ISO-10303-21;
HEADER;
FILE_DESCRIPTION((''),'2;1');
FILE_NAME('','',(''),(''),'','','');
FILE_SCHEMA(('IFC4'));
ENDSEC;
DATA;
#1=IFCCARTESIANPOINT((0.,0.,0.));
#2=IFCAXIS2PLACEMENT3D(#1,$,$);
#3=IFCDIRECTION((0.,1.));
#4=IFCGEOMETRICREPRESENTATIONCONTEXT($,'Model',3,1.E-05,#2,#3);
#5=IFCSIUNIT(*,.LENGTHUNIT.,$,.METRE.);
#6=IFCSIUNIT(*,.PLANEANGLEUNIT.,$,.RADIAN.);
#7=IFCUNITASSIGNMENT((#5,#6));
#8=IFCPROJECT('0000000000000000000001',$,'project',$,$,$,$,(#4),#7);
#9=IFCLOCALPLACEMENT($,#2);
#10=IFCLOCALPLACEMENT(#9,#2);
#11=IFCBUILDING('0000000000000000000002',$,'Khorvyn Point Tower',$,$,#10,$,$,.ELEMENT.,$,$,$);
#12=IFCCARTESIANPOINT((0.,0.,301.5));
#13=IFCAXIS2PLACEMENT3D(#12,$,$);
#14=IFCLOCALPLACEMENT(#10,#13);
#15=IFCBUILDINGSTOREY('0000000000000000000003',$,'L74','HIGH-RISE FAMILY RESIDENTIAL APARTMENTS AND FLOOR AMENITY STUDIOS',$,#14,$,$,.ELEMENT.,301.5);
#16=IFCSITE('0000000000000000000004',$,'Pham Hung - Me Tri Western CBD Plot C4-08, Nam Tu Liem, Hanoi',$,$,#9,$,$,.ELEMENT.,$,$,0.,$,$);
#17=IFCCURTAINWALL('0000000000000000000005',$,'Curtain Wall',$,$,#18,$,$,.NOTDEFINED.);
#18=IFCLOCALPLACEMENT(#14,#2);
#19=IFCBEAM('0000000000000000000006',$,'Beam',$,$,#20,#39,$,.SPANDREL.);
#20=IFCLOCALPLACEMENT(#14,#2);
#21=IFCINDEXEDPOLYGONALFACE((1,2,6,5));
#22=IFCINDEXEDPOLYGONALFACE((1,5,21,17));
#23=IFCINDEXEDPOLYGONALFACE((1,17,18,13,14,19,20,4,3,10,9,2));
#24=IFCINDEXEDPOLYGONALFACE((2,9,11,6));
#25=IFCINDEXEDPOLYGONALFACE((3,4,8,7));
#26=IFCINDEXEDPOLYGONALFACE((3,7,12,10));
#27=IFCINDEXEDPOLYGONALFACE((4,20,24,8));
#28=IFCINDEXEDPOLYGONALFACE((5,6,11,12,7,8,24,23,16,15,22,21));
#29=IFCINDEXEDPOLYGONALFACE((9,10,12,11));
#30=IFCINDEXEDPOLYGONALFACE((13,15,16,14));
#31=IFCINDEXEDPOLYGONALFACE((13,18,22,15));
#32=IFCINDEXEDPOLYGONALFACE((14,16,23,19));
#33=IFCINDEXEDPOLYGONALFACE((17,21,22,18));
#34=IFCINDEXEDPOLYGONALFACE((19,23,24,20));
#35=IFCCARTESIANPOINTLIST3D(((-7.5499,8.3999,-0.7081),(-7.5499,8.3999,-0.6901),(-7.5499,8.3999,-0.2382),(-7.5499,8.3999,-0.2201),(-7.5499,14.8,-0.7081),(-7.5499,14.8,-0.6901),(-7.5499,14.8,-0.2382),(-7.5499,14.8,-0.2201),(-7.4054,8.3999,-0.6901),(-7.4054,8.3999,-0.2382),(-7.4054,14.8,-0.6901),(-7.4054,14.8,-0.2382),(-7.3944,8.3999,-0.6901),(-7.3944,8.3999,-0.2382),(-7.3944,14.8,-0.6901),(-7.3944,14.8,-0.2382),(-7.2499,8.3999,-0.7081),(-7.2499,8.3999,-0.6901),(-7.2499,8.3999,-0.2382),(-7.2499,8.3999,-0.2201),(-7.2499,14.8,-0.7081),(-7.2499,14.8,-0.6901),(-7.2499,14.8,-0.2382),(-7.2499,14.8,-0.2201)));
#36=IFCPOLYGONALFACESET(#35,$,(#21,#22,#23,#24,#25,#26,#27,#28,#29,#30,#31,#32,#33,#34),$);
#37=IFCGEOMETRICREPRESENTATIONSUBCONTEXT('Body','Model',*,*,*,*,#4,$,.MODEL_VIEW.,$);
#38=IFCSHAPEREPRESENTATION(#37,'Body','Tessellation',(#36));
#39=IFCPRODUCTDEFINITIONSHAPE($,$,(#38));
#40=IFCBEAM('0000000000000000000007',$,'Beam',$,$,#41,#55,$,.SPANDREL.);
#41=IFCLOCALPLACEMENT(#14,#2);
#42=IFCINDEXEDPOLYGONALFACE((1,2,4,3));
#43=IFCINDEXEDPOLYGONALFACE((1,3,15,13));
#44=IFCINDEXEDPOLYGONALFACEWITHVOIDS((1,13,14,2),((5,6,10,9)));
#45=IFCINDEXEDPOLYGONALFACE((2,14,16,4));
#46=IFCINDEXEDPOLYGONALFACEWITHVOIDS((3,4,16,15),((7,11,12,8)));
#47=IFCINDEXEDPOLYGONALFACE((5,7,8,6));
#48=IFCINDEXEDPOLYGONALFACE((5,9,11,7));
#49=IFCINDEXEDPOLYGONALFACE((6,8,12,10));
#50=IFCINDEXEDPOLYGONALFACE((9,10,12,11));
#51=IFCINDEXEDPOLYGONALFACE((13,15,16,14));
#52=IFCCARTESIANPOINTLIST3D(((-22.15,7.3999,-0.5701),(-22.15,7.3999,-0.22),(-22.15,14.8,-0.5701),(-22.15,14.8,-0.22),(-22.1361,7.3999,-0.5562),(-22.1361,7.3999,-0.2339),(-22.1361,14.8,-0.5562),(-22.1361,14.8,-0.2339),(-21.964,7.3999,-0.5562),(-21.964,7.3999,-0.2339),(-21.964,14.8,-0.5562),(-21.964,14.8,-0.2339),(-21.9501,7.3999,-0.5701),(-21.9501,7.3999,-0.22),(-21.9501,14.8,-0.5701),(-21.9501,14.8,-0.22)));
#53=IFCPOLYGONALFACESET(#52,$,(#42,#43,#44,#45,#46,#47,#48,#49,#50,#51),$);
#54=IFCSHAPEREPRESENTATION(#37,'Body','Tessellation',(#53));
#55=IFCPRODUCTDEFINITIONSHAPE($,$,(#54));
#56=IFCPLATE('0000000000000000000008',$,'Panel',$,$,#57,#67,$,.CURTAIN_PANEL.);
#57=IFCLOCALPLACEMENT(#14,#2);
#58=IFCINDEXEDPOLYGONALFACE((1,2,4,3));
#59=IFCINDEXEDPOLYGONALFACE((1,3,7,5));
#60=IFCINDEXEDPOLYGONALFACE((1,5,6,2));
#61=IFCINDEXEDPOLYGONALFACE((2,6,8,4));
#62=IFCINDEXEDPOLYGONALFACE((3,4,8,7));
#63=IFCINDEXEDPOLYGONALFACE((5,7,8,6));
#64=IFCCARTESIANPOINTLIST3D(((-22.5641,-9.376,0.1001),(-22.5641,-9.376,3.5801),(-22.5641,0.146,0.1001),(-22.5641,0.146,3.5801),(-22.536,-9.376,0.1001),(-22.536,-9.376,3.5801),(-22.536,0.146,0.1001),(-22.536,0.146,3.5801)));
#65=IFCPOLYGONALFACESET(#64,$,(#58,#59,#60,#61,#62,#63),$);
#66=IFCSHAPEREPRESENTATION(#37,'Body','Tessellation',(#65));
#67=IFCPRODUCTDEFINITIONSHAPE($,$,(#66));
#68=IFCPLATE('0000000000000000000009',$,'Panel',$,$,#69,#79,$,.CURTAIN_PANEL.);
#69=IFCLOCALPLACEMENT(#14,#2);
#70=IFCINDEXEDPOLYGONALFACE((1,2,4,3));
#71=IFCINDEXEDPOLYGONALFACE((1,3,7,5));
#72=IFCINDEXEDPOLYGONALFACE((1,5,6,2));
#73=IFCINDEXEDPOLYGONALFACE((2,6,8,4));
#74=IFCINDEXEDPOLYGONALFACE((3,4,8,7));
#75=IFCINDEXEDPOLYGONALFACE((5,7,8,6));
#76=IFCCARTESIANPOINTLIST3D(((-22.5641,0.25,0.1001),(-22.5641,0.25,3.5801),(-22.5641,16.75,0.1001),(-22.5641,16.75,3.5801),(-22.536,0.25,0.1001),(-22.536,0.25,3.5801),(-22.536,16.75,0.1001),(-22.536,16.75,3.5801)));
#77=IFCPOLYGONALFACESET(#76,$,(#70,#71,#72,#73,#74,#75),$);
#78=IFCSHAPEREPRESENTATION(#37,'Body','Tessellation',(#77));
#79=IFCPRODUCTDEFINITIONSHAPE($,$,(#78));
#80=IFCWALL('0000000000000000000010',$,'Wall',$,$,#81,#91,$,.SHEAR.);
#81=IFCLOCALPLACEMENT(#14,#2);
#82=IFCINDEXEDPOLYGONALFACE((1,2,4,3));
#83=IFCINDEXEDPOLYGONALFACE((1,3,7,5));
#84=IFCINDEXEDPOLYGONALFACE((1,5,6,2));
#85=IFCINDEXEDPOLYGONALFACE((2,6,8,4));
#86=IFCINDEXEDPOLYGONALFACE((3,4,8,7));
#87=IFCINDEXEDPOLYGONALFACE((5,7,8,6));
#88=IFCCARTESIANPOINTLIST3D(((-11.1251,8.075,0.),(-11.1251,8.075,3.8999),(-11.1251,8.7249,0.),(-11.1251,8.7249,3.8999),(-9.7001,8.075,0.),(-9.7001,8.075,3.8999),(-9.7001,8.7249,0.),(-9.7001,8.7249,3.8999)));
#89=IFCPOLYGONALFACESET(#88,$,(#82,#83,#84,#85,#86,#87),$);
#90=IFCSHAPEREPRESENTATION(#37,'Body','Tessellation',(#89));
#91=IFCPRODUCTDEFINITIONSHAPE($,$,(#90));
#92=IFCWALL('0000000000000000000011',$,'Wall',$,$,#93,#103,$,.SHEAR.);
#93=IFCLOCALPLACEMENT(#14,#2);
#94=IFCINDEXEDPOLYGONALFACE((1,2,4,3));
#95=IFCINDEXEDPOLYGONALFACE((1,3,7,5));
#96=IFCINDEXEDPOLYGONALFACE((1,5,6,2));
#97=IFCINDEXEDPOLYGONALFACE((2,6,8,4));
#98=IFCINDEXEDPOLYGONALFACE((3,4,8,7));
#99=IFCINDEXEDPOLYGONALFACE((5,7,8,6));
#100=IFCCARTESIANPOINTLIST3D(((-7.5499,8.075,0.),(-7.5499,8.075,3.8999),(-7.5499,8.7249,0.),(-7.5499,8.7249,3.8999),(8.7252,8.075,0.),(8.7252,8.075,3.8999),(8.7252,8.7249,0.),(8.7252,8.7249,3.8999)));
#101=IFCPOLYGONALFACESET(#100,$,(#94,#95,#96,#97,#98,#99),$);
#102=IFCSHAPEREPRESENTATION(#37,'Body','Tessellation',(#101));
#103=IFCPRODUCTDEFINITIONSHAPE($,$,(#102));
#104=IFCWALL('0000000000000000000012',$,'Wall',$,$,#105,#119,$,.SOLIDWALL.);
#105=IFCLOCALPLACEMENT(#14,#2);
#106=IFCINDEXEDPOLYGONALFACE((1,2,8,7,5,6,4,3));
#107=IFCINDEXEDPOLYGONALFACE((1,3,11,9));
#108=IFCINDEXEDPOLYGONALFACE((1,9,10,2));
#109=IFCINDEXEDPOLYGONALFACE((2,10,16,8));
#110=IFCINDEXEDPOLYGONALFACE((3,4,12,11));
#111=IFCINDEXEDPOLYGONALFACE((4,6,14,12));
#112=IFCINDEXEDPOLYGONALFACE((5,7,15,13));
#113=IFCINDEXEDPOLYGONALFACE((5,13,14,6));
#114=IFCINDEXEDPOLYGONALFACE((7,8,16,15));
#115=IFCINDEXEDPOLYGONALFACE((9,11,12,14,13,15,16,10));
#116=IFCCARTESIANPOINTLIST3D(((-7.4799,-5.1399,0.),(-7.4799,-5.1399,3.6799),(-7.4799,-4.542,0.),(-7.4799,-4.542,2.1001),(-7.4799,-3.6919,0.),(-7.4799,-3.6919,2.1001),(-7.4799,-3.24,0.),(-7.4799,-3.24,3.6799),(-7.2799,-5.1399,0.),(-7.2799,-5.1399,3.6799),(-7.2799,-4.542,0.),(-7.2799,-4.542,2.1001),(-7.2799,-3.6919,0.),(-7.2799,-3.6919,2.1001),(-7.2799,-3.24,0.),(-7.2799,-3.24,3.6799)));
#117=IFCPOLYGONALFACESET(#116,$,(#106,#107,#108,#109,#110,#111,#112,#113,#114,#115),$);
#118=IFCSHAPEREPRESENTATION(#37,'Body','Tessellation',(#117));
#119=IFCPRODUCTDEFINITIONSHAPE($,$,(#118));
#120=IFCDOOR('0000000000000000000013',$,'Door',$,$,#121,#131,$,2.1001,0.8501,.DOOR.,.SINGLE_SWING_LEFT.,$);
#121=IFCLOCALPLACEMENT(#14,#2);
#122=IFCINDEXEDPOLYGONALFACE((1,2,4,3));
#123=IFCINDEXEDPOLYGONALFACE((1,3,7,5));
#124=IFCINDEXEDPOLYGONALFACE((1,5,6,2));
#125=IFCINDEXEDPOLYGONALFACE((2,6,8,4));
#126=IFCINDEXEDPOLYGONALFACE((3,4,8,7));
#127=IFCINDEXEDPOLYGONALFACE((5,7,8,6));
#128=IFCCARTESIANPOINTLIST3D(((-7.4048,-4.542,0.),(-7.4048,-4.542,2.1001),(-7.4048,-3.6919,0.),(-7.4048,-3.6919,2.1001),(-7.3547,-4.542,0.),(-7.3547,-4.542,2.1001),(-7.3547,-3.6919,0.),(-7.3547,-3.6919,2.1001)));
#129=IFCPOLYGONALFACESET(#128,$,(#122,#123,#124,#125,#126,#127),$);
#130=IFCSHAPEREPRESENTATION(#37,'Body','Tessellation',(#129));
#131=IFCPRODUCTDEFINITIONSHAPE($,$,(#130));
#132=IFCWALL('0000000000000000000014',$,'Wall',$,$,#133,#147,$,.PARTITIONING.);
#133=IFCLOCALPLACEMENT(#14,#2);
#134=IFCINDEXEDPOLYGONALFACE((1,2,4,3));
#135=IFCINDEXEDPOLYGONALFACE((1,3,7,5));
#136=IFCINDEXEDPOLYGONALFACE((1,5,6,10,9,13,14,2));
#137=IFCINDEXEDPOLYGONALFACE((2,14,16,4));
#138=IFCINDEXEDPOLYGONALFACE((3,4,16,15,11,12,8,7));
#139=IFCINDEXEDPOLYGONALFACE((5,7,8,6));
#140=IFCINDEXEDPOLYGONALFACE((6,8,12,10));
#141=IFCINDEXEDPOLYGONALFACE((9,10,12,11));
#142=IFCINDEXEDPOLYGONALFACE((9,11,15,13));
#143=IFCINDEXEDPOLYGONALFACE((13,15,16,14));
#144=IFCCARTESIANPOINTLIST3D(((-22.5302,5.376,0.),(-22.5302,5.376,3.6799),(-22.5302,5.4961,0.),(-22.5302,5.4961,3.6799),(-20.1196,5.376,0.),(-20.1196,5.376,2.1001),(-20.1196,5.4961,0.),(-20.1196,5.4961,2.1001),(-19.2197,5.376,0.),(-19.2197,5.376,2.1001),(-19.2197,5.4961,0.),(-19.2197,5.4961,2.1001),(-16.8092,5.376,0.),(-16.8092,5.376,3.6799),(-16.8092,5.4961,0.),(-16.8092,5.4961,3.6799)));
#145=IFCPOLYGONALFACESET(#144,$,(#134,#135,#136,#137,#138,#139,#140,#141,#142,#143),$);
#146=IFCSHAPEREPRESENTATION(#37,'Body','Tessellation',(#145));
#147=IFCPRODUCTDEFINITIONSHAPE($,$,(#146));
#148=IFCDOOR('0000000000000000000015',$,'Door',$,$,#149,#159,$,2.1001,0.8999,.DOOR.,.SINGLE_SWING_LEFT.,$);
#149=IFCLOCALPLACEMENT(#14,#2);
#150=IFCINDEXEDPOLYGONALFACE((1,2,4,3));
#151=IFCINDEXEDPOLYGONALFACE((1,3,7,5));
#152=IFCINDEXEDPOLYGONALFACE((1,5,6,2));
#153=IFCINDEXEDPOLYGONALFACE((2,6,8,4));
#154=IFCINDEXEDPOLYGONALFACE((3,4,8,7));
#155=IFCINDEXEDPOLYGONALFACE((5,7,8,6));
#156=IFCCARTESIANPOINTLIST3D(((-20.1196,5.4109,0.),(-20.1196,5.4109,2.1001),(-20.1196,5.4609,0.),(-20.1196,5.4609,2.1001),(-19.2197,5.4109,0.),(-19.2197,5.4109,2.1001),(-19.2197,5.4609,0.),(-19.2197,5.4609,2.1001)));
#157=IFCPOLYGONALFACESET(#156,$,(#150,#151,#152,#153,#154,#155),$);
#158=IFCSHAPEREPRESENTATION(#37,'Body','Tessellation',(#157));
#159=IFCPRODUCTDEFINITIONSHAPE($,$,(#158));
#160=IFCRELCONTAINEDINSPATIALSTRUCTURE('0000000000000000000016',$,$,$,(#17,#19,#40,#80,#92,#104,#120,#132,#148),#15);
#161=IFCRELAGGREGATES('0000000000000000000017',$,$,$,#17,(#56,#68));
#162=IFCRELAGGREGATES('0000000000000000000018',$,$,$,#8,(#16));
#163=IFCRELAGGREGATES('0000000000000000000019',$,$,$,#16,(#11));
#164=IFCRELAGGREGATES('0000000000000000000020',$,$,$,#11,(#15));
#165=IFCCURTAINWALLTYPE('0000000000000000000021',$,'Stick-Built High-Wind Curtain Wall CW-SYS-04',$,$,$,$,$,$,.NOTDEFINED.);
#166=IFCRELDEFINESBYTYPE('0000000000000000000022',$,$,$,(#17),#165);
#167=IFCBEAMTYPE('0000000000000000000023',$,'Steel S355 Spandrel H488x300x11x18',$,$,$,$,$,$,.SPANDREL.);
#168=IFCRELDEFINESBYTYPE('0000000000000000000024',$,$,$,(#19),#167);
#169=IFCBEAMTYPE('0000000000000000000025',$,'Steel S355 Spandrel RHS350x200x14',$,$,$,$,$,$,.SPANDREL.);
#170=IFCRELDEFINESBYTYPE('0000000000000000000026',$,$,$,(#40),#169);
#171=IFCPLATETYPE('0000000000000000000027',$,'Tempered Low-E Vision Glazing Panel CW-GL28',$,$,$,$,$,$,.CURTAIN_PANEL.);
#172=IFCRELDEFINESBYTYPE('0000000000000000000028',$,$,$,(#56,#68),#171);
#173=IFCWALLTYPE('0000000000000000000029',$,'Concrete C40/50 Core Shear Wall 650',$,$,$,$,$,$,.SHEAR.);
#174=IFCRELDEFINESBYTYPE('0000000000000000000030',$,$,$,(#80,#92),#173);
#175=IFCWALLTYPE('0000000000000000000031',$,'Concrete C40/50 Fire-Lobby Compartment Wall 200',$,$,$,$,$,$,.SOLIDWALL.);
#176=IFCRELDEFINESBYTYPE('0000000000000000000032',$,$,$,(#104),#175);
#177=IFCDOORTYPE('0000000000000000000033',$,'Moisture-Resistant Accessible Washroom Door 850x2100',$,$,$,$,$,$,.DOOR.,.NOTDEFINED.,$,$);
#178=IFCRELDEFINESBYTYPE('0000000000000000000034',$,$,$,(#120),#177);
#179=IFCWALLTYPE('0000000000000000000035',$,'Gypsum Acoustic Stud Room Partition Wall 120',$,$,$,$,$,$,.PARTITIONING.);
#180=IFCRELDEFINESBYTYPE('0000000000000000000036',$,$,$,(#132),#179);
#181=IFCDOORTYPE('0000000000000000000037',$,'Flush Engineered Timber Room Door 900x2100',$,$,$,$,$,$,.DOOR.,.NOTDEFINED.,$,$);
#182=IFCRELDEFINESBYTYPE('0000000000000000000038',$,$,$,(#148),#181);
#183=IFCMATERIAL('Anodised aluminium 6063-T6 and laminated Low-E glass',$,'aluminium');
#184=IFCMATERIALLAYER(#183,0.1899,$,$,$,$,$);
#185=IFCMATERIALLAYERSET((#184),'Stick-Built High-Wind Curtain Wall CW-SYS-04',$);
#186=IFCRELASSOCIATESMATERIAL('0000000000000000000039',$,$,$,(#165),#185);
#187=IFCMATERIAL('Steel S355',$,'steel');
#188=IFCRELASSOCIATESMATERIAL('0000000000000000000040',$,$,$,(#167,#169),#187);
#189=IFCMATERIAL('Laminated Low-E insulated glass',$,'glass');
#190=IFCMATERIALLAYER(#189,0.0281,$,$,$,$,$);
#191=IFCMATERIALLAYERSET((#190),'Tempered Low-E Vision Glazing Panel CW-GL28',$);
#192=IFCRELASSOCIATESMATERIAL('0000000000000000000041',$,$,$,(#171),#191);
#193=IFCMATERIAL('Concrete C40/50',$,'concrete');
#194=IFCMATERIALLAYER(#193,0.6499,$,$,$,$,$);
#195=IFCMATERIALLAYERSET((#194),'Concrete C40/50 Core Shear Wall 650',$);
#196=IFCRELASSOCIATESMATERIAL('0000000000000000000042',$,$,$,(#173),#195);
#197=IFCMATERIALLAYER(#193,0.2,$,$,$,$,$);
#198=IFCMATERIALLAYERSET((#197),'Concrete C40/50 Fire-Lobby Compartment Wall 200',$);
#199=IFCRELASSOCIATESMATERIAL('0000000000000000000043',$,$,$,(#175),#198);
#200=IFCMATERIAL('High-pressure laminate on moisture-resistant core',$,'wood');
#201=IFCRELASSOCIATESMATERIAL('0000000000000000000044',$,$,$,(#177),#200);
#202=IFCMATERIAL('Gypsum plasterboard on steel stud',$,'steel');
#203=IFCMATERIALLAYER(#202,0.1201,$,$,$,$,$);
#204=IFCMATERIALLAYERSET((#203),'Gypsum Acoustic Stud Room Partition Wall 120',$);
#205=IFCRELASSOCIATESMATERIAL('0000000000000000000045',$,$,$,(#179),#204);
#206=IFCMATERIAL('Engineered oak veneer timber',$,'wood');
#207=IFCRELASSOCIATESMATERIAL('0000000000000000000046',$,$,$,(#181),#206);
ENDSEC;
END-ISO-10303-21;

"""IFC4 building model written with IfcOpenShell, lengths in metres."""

from ifc_helpers import new_model, si_unit, direction, frame, frame_2d, origin, origin_2d, place, context, subcontext, project, spatial, rectangle, hollow_rectangle, i_section, extrude, material, layer, layer_set, material_profile, profile_set, type_object, element, fill, aggregate, save


model = new_model("IFC4")

# Units and contexts
model_context = context("Model", 3, precision=1e-05, world=origin(), true_north=direction((0.0, 1.0)))
body_context = subcontext(model_context, "Body", "Model", "MODEL_VIEW")
ifc_project = project(units=[si_unit("LENGTHUNIT", "METRE"), si_unit("PLANEANGLEUNIT", "RADIAN")], contexts=[model_context])

# Site, building, storey
site_placement = place(None, origin())
site = spatial("IfcSite", under=ifc_project, at=site_placement, Name="Pham Hung - Me Tri Western CBD Plot C4-08, Nam Tu Liem, Hanoi", CompositionType="ELEMENT", RefElevation=0.0)
building_placement = place(site_placement, origin())
building = spatial("IfcBuilding", under=site, at=building_placement, Name="Khorvyn Point Tower", CompositionType="ELEMENT")
storey_placement = place(building_placement, frame((0.0, 0.0, 301.5)))
storey = spatial("IfcBuildingStorey", under=building, at=storey_placement, Name="L74", Description="HIGH-RISE FAMILY RESIDENTIAL APARTMENTS AND FLOOR AMENITY STUDIOS", CompositionType="ELEMENT", Elevation=301.5)

# Shared definitions
ifc_material_1 = material(Name="Concrete C40/50", Category="concrete")
ifc_material_2 = material(Name="Steel S355", Category="steel")

# Curtain wall
ifc_material_3 = material(Name="Anodised aluminium 6063-T6 and laminated Low-E glass", Category="aluminium")
ifc_layer_1 = layer(ifc_material_3, 0.1899)
ifc_layer_set_1 = layer_set([ifc_layer_1], Name="Stick-Built High-Wind Curtain Wall CW-SYS-04")
curtain_wall_type = type_object("IfcCurtainWallType", Name="Stick-Built High-Wind Curtain Wall CW-SYS-04", PredefinedType="NOTDEFINED", material=ifc_layer_set_1)
curtain_wall_placement = place(storey_placement, origin())
curtain_wall = element("IfcCurtainWall", 1, at=curtain_wall_placement, inside=storey, type_object=curtain_wall_type, Name="Curtain Wall", PredefinedType="NOTDEFINED")

# Beams
ifc_material_profile_1 = material_profile(ifc_material_2, i_section(OverallWidth=0.3, OverallDepth=0.488, WebThickness=0.011, FlangeThickness=0.0181, at=origin_2d()))
ifc_profile_set_1 = profile_set([ifc_material_profile_1], Name="Steel S355 H488x300x11x18")
beam_type_1 = type_object("IfcBeamType", Name="Steel S355 Spandrel H488x300x11x18", PredefinedType="SPANDREL", material=ifc_profile_set_1)
beam_1_placement = place(storey_placement, frame((-7.3999, 8.3999, -0.4641), z_axis=(0.0, 1.0, 0.0), x_axis=(-1.0, 0.0, 0.0)))
element("IfcBeam", 2, at=beam_1_placement, inside=storey, type_object=beam_type_1, Name="Beam", PredefinedType="SPANDREL", context=body_context, shape_type="SweptSolid", body=[
    extrude(i_section(OverallWidth=0.3, OverallDepth=0.488, WebThickness=0.011, FlangeThickness=0.0181, at=origin_2d()), origin(), (0.0, 0.0, 1.0), 6.4001),
])
ifc_material_profile_2 = material_profile(ifc_material_2, hollow_rectangle(XDim=0.2, YDim=0.3501, WallThickness=0.0139, at=origin_2d()))
ifc_profile_set_2 = profile_set([ifc_material_profile_2], Name="Steel S355 RHS350x200x14")
beam_type_2 = type_object("IfcBeamType", Name="Steel S355 Spandrel RHS350x200x14", PredefinedType="SPANDREL", material=ifc_profile_set_2)
beam_2_placement = place(storey_placement, frame((-22.05, 7.3999, -0.395), z_axis=(0.0, 1.0, 0.0), x_axis=(-1.0, 0.0, 0.0)))
element("IfcBeam", 3, at=beam_2_placement, inside=storey, type_object=beam_type_2, Name="Beam", PredefinedType="SPANDREL", context=body_context, shape_type="SweptSolid", body=[
    extrude(hollow_rectangle(XDim=0.2, YDim=0.3501, WallThickness=0.0139, at=origin_2d()), origin(), (0.0, 0.0, 1.0), 7.4001),
])

# Plates
ifc_material_4 = material(Name="Laminated Low-E insulated glass", Category="glass")
ifc_layer_2 = layer(ifc_material_4, 0.0281)
ifc_layer_set_2 = layer_set([ifc_layer_2], Name="Tempered Low-E Vision Glazing Panel CW-GL28")
plate_type = type_object("IfcPlateType", Name="Tempered Low-E Vision Glazing Panel CW-GL28", PredefinedType="CURTAIN_PANEL", material=ifc_layer_set_2)
plate_1_placement = place(storey_placement, frame((-22.55, -4.615, 0.1001), z_axis=(0.0, 0.0, 1.0), x_axis=(0.0, 1.0, 0.0)))
plate_1 = element("IfcPlate", 4, at=plate_1_placement, type_object=plate_type, Name="Panel", PredefinedType="CURTAIN_PANEL", context=body_context, shape_type="SweptSolid", body=[
    extrude(rectangle(XDim=9.522, YDim=0.0281, at=origin_2d()), origin(), (0.0, 0.0, 1.0), 3.48),
])
plate_2_placement = place(storey_placement, frame((-22.55, 8.5, 0.1001), z_axis=(0.0, 0.0, 1.0), x_axis=(0.0, 1.0, 0.0)))
plate_2 = element("IfcPlate", 5, at=plate_2_placement, type_object=plate_type, Name="Panel", PredefinedType="CURTAIN_PANEL", context=body_context, shape_type="SweptSolid", body=[
    extrude(rectangle(XDim=16.5, YDim=0.0281, at=origin_2d()), origin(), (0.0, 0.0, 1.0), 3.48),
])
aggregate(curtain_wall, [plate_1, plate_2])

# Walls
ifc_layer_3 = layer(ifc_material_1, 0.6499)
ifc_layer_set_3 = layer_set([ifc_layer_3], Name="Concrete C40/50 Core Shear Wall 650")
wall_type_1 = type_object("IfcWallType", Name="Concrete C40/50 Core Shear Wall 650", PredefinedType="SHEAR", material=ifc_layer_set_3)
wall_1_placement = place(storey_placement, frame((-11.125, 8.3999, 0.0), z_axis=(0.0, 0.0, 1.0), x_axis=(1.0, 0.0, 0.0)))
element("IfcWall", 6, at=wall_1_placement, inside=storey, type_object=wall_type_1, Name="Wall", PredefinedType="SHEAR", context=body_context, shape_type="SweptSolid", body=[
    extrude(rectangle(XDim=1.425, YDim=0.6499, at=frame_2d((0.7124, 0.0))), origin(), (0.0, 0.0, 1.0), 3.8999),
])
wall_2_placement = place(storey_placement, frame((-7.55, 8.3999, 0.0), z_axis=(0.0, 0.0, 1.0), x_axis=(1.0, 0.0, 0.0)))
element("IfcWall", 7, at=wall_2_placement, inside=storey, type_object=wall_type_1, Name="Wall", PredefinedType="SHEAR", context=body_context, shape_type="SweptSolid", body=[
    extrude(rectangle(XDim=16.2751, YDim=0.6499, at=frame_2d((8.1377, 0.0))), origin(), (0.0, 0.0, 1.0), 3.8999),
])

# Walls, openings, doors
ifc_layer_4 = layer(ifc_material_1, 0.2)
ifc_layer_set_4 = layer_set([ifc_layer_4], Name="Concrete C40/50 Fire-Lobby Compartment Wall 200")
wall_type_2 = type_object("IfcWallType", Name="Concrete C40/50 Fire-Lobby Compartment Wall 200", PredefinedType="SOLIDWALL", material=ifc_layer_set_4)
wall_3_placement = place(storey_placement, frame((-7.3799, -5.1399, 0.0), z_axis=(0.0, 0.0, 1.0), x_axis=(0.0, 1.0, 0.0)))
wall_3 = element("IfcWall", 8, at=wall_3_placement, inside=storey, type_object=wall_type_2, Name="Wall", PredefinedType="SOLIDWALL", context=body_context, shape_type="SweptSolid", body=[
    extrude(rectangle(XDim=1.8999, YDim=0.2, at=frame_2d((0.95, 0.0))), origin(), (0.0, 0.0, 1.0), 3.6799),
])
opening_1_placement = place(wall_3_placement, frame((0.5979, 0.0, 0.0)))
opening_1 = element("IfcOpeningElement", 9, at=opening_1_placement, cuts=wall_3, PredefinedType="OPENING", context=body_context, shape_type="SweptSolid", body=[
    extrude(rectangle(XDim=0.8501, YDim=2.1001, at=frame_2d((0.425, 1.05))), frame((0.0, 0.1099, 0.0), z_axis=(0.0, -1.0, 0.0), x_axis=(1.0, 0.0, 0.0)), (0.0, 0.0, 1.0), 0.22),
])
ifc_material_5 = material(Name="High-pressure laminate on moisture-resistant core", Category="wood")
door_type_1 = type_object("IfcDoorType", Name="Moisture-Resistant Accessible Washroom Door 850x2100", OperationType="NOTDEFINED", PredefinedType="DOOR", material=ifc_material_5)
door_1_placement = place(opening_1_placement, origin())
door_1 = element("IfcDoor", 10, at=door_1_placement, inside=storey, type_object=door_type_1, Name="Door", OperationType="SINGLE_SWING_LEFT", OverallHeight=2.1001, OverallWidth=0.8501, PredefinedType="DOOR", context=body_context, shape_type="SweptSolid", body=[
    extrude(rectangle(XDim=0.8501, YDim=2.1001, at=frame_2d((0.425, 1.05))), frame((0.0, 0.0249, 0.0), z_axis=(0.0, -1.0, 0.0), x_axis=(1.0, 0.0, 0.0)), (0.0, 0.0, 1.0), 0.05),
])
fill(opening_1, door_1)
ifc_material_6 = material(Name="Gypsum plasterboard on steel stud", Category="steel")
ifc_layer_5 = layer(ifc_material_6, 0.1201)
ifc_layer_set_5 = layer_set([ifc_layer_5], Name="Gypsum Acoustic Stud Room Partition Wall 120")
wall_type_3 = type_object("IfcWallType", Name="Gypsum Acoustic Stud Room Partition Wall 120", PredefinedType="PARTITIONING", material=ifc_layer_set_5)
wall_4_placement = place(storey_placement, frame((-22.53, 5.436, 0.0), z_axis=(0.0, 0.0, 1.0), x_axis=(1.0, 0.0, 0.0)))
wall_4 = element("IfcWall", 11, at=wall_4_placement, inside=storey, type_object=wall_type_3, Name="Wall", PredefinedType="PARTITIONING", context=body_context, shape_type="SweptSolid", body=[
    extrude(rectangle(XDim=5.7209, YDim=0.1201, at=frame_2d((2.8604, 0.0))), origin(), (0.0, 0.0, 1.0), 3.6799),
])
opening_2_placement = place(wall_4_placement, frame((2.4104, 0.0, 0.0)))
opening_2 = element("IfcOpeningElement", 12, at=opening_2_placement, cuts=wall_4, PredefinedType="OPENING", context=body_context, shape_type="SweptSolid", body=[
    extrude(rectangle(XDim=0.8999, YDim=2.1001, at=frame_2d((0.45, 1.05))), frame((0.0, 0.0701, 0.0), z_axis=(0.0, -1.0, 0.0), x_axis=(1.0, 0.0, 0.0)), (0.0, 0.0, 1.0), 0.1401),
])
ifc_material_7 = material(Name="Engineered oak veneer timber", Category="wood")
door_type_2 = type_object("IfcDoorType", Name="Flush Engineered Timber Room Door 900x2100", OperationType="NOTDEFINED", PredefinedType="DOOR", material=ifc_material_7)
door_2_placement = place(opening_2_placement, origin())
door_2 = element("IfcDoor", 13, at=door_2_placement, inside=storey, type_object=door_type_2, Name="Door", OperationType="SINGLE_SWING_LEFT", OverallHeight=2.1001, OverallWidth=0.8999, PredefinedType="DOOR", context=body_context, shape_type="SweptSolid", body=[
    extrude(rectangle(XDim=0.8999, YDim=2.1001, at=frame_2d((0.45, 1.05))), frame((0.0, 0.0249, 0.0), z_axis=(0.0, -1.0, 0.0), x_axis=(1.0, 0.0, 0.0)), (0.0, 0.0, 1.0), 0.05),
])
fill(opening_2, door_2)

save(model, "model.ifc")
